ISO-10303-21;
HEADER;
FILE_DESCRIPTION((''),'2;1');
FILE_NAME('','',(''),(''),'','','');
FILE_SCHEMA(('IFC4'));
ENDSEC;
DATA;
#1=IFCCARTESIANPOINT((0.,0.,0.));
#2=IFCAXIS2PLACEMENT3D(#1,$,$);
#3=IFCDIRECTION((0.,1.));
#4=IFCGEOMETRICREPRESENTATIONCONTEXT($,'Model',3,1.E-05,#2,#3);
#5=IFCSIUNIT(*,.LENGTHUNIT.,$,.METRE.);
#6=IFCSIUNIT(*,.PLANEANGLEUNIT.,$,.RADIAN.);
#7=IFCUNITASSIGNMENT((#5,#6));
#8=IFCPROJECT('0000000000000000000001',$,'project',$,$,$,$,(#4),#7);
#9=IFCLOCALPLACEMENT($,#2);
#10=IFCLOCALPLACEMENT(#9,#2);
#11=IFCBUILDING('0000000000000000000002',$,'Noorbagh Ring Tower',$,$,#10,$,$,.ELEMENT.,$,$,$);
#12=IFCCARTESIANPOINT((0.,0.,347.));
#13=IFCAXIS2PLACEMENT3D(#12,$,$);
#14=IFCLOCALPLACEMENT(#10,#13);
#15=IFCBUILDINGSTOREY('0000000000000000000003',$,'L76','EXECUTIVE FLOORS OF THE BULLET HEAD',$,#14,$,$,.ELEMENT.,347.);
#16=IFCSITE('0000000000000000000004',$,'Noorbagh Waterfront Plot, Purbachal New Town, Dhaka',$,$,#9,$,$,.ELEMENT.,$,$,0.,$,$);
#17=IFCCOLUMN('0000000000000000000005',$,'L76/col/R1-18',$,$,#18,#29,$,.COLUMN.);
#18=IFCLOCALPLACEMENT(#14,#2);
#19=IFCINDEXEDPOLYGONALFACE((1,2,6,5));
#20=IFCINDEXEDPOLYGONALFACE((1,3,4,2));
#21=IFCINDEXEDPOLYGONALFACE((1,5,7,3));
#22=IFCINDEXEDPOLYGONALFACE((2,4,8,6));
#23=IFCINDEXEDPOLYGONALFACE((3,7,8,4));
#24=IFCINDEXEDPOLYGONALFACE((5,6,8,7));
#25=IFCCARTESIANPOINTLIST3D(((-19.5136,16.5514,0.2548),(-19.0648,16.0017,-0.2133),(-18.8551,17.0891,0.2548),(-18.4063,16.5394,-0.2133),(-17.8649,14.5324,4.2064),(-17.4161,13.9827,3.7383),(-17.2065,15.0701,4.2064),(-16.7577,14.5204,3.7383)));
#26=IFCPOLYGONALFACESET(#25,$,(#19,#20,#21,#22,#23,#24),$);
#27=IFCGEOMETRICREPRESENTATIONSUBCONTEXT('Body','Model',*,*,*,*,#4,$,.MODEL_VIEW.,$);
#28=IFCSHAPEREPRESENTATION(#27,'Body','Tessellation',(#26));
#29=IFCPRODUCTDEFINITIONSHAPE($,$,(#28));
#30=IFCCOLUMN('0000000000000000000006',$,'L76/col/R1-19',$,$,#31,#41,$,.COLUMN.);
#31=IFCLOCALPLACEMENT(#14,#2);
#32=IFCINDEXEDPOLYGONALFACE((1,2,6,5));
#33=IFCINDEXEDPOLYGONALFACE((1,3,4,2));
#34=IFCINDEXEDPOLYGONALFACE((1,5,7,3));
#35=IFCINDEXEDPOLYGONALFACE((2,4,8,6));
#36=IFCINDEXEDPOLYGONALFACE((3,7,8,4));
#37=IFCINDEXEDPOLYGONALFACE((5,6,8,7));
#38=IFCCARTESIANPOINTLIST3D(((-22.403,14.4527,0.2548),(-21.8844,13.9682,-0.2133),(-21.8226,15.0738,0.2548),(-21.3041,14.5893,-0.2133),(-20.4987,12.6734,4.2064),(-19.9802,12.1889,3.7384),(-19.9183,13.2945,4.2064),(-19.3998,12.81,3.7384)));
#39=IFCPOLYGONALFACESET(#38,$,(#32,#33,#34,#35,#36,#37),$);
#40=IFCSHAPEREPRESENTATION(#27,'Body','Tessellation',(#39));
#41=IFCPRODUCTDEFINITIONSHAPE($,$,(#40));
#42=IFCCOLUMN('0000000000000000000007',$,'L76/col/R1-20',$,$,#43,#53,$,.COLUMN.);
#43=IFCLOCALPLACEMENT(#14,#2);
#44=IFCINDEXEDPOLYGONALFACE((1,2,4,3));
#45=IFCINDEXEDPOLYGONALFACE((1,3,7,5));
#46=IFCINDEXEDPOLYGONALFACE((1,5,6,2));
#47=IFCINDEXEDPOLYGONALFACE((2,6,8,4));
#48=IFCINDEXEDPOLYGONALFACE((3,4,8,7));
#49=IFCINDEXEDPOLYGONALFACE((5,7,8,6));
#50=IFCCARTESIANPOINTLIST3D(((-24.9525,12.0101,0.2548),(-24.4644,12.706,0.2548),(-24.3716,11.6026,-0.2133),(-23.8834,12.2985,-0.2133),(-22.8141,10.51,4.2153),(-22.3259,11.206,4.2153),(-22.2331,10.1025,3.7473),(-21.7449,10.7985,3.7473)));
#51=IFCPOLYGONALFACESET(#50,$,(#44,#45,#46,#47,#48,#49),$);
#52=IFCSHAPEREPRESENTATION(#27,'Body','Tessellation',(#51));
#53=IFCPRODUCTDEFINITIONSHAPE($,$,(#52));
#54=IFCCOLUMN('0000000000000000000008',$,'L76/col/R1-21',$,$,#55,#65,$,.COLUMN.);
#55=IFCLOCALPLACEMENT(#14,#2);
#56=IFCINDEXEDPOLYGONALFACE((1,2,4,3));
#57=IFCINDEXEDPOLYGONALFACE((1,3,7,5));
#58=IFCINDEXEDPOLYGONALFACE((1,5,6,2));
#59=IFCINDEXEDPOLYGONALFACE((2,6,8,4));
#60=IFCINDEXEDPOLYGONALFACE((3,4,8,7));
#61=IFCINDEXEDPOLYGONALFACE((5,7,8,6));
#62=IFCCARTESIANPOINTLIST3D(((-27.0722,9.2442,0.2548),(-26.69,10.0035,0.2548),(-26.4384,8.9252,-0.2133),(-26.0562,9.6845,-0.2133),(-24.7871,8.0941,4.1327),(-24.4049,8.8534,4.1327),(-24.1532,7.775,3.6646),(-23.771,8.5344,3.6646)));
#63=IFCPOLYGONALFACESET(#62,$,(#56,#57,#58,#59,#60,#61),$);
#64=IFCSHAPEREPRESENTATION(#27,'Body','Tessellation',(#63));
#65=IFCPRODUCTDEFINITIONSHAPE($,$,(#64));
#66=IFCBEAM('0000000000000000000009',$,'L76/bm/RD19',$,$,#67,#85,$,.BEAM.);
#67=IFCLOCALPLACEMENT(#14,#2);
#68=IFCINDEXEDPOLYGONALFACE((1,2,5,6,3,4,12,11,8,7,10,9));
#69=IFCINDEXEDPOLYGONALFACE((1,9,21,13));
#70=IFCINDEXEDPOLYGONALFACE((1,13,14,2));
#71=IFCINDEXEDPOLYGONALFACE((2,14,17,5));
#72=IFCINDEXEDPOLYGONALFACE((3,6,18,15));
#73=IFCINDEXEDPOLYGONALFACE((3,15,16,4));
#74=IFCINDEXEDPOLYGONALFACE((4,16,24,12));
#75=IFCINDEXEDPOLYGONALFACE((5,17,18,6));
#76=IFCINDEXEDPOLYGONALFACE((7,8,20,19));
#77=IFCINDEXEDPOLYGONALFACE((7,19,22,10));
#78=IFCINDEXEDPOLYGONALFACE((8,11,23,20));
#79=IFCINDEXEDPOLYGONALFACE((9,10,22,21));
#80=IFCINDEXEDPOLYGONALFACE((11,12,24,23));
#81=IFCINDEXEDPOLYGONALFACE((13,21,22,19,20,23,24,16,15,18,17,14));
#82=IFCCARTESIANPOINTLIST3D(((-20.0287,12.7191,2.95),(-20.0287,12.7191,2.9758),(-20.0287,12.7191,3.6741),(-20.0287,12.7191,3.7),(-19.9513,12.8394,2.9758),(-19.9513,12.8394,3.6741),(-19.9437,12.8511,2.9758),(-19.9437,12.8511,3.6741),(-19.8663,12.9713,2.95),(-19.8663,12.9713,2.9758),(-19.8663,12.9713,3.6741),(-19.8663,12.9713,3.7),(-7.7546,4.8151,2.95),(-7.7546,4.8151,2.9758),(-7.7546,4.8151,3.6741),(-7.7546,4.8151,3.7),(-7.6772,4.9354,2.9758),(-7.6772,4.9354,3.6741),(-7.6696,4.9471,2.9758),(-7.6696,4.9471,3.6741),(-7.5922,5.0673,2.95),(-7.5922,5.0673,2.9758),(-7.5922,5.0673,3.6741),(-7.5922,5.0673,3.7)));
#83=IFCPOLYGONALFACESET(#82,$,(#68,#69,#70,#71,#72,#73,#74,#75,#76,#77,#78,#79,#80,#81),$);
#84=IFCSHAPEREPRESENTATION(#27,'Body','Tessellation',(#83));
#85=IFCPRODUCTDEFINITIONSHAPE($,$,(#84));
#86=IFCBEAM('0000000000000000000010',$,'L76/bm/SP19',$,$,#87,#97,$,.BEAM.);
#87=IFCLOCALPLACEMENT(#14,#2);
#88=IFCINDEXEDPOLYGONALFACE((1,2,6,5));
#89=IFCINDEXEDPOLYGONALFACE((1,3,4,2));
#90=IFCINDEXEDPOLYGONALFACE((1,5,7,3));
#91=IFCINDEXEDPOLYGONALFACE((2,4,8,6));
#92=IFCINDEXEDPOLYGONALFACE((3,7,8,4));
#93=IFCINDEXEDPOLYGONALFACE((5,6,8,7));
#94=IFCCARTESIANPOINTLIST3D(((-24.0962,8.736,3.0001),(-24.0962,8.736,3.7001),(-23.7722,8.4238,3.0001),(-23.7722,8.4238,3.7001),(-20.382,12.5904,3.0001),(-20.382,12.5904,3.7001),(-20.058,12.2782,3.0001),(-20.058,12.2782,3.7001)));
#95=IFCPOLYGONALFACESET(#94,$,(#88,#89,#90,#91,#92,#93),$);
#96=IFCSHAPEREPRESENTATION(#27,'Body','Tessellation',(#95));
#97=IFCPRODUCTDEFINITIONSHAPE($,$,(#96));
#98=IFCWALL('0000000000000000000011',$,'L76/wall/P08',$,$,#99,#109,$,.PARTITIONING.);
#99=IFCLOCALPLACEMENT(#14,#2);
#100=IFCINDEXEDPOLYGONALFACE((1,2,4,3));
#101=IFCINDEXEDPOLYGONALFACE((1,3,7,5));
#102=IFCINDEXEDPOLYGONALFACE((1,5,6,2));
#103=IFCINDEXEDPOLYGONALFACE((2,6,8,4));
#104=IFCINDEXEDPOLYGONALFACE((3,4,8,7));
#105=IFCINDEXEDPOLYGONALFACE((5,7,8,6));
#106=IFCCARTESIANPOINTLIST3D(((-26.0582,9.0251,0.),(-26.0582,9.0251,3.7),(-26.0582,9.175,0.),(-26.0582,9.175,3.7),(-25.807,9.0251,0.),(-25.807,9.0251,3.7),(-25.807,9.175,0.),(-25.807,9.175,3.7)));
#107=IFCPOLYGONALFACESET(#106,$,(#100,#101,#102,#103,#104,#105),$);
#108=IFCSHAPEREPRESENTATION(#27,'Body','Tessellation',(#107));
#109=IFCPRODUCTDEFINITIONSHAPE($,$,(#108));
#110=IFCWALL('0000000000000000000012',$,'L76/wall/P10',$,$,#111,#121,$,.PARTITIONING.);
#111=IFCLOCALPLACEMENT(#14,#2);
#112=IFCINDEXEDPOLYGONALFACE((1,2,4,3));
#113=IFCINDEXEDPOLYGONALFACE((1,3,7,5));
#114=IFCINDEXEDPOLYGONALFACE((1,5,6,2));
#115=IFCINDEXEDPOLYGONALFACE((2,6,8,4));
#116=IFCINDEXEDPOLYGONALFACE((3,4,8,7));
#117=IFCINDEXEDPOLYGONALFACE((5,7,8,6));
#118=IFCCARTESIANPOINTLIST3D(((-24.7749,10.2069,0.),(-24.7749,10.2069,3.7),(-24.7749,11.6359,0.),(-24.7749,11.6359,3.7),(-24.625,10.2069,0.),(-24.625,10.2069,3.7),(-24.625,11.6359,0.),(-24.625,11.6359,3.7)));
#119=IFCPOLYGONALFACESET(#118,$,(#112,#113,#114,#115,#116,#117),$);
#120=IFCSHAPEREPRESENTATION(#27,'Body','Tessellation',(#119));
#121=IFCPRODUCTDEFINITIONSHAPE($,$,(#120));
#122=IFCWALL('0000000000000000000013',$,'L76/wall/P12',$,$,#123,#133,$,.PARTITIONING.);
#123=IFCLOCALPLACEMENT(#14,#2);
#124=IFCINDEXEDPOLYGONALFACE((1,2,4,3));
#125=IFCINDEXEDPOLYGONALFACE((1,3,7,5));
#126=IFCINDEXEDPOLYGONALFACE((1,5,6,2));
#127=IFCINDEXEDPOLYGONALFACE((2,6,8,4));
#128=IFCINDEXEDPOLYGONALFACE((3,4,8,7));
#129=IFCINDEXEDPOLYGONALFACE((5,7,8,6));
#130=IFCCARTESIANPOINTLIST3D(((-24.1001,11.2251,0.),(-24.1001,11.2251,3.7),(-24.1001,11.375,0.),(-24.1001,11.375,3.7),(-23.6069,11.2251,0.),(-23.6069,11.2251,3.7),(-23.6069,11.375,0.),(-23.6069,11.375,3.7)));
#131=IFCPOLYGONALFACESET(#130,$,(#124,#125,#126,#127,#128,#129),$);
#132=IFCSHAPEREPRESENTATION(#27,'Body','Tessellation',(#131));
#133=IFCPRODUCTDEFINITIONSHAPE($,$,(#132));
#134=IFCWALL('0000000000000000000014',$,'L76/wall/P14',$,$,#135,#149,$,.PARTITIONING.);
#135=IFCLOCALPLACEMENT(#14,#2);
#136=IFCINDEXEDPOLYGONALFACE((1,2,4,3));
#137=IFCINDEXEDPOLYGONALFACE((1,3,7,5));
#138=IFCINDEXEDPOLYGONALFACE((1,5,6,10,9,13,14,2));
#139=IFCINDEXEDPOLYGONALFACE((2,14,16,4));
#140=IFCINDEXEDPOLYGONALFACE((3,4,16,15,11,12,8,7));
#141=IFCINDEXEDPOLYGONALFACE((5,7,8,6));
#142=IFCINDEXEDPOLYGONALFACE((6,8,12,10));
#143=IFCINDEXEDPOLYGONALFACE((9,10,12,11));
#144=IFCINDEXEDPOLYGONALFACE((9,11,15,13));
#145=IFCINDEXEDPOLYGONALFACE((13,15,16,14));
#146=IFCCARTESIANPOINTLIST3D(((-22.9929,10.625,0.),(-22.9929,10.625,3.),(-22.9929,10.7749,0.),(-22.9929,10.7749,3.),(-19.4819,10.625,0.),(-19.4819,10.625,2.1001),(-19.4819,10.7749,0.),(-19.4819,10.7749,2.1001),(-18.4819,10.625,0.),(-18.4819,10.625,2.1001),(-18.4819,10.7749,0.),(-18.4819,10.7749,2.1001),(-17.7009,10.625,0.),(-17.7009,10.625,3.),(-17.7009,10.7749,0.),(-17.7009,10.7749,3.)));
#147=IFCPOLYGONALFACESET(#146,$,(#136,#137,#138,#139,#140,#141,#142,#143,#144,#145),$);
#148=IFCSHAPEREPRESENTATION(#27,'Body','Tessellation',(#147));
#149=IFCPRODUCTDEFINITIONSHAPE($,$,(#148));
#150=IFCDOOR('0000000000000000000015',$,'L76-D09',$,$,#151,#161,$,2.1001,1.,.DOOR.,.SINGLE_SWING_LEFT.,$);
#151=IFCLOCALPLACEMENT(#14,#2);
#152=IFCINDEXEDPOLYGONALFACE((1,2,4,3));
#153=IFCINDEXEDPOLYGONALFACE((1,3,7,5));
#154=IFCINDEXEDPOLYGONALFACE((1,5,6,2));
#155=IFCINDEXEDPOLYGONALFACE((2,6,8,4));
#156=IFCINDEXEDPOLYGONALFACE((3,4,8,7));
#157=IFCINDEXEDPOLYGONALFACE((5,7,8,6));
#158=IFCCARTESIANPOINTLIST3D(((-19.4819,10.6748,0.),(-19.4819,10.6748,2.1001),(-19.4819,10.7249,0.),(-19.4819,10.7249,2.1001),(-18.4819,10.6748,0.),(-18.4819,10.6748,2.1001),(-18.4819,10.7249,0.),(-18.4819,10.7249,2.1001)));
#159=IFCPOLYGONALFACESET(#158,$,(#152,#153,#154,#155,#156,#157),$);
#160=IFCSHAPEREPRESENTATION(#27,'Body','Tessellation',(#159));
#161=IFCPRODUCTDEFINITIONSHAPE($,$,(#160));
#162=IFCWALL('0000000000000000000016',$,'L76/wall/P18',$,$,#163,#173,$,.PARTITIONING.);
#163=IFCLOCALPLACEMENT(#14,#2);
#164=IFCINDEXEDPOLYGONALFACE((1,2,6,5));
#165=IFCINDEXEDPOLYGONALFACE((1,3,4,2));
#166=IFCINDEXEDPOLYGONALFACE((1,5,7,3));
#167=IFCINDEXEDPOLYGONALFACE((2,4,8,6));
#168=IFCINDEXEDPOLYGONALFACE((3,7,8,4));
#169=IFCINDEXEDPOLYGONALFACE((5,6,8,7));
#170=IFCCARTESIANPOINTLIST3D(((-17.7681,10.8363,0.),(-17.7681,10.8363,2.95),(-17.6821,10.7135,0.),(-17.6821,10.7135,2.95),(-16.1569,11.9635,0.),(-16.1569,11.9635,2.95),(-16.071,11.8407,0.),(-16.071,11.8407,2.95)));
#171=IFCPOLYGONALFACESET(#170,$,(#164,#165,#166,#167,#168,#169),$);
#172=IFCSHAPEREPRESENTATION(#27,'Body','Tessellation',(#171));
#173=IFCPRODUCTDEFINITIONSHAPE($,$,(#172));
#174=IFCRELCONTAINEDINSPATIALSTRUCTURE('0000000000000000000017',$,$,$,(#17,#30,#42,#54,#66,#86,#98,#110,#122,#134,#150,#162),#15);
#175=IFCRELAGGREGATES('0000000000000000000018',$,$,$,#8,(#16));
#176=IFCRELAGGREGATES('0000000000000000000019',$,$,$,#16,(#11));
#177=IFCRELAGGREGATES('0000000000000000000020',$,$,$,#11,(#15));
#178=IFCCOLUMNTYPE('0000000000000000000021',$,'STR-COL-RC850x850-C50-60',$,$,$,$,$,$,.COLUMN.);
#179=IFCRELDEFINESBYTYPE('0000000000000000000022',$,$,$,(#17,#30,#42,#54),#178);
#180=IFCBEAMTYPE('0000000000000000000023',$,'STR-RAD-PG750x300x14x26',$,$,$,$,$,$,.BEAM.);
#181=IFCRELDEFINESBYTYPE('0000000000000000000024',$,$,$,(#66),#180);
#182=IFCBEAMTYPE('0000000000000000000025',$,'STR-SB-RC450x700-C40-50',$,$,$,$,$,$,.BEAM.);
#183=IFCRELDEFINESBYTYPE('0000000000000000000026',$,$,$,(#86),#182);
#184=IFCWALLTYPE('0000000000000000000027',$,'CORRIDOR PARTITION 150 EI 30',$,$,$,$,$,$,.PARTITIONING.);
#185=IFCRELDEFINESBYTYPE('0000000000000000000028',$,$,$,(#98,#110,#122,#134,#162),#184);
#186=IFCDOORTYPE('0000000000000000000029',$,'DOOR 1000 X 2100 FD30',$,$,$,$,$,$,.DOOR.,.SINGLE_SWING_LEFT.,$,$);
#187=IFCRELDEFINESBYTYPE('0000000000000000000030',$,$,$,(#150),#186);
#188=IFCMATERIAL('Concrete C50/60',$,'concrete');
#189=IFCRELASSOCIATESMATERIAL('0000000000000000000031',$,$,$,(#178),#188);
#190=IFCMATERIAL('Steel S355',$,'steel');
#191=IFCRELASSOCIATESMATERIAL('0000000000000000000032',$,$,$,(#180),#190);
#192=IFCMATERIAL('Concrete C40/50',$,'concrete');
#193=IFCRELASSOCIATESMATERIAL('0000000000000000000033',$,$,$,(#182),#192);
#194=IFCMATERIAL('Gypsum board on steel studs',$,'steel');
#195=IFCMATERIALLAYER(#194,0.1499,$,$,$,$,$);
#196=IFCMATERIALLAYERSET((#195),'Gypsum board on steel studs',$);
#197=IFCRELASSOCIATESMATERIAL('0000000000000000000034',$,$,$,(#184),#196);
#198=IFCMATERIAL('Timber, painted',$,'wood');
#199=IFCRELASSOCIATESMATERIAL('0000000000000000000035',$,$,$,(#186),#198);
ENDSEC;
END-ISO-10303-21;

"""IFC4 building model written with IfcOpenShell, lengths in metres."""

from ifc_helpers import new_model, si_unit, direction, frame, frame_2d, origin, origin_2d, place, context, subcontext, project, spatial, rectangle, i_section, extrude, material, layer, layer_set, material_profile, profile_set, type_object, element, fill, save


model = new_model("IFC4")

# Units and contexts
model_context = context("Model", 3, precision=1e-05, world=origin(), true_north=direction((0.0, 1.0)))
body_context = subcontext(model_context, "Body", "Model", "MODEL_VIEW")
ifc_project = project(units=[si_unit("LENGTHUNIT", "METRE"), si_unit("PLANEANGLEUNIT", "RADIAN")], contexts=[model_context])

# Site, building, storey
site_placement = place(None, origin())
site = spatial("IfcSite", under=ifc_project, at=site_placement, Name="Noorbagh Waterfront Plot, Purbachal New Town, Dhaka", CompositionType="ELEMENT", RefElevation=0.0)
building_placement = place(site_placement, origin())
building = spatial("IfcBuilding", under=site, at=building_placement, Name="Noorbagh Ring Tower", CompositionType="ELEMENT")
storey_placement = place(building_placement, frame((0.0, 0.0, 347.0)))
storey = spatial("IfcBuildingStorey", under=building, at=storey_placement, Name="L76", Description="EXECUTIVE FLOORS OF THE BULLET HEAD", CompositionType="ELEMENT", Elevation=347.0)

# Columns
ifc_material_1 = material(Name="Concrete C50/60", Category="concrete")
ifc_material_profile_1 = material_profile(ifc_material_1, rectangle(XDim=0.8501, YDim=0.8501, at=origin_2d()), Name="RC850x850")
ifc_profile_set_1 = profile_set([ifc_material_profile_1], Name="Concrete C50/60")
column_type = type_object("IfcColumnType", Name="STR-COL-RC850x850-C50-60", PredefinedType="COLUMN", material=ifc_profile_set_1)
column_1_placement = place(storey_placement, frame((-18.96, 16.5454, 0.0208), z_axis=(0.348267, -0.426503, 0.834749), x_axis=(0.77457, 0.632488, 0.0)))
element("IfcColumn", 1, at=column_1_placement, inside=storey, type_object=column_type, Name="L76/col/R1-18", PredefinedType="COLUMN", context=body_context, shape_type="SweptSolid", body=[
    extrude(rectangle(XDim=0.8501, YDim=0.8501, at=origin_2d()), origin(), (0.0, 0.0, 1.0), 4.7339),
])
column_2_placement = place(storey_placement, frame((-21.8535, 14.521, 0.0208), z_axis=(0.402286, -0.375879, 0.834794), x_axis=(0.682719, 0.730681, 0.0)))
element("IfcColumn", 2, at=column_2_placement, inside=storey, type_object=column_type, Name="L76/col/R1-19", PredefinedType="COLUMN", context=body_context, shape_type="SweptSolid", body=[
    extrude(rectangle(XDim=0.8501, YDim=0.8501, at=origin_2d()), origin(), (0.0, 0.0, 1.0), 4.7336),
])
column_3_placement = place(storey_placement, frame((-24.418, 12.1543, 0.0208), z_axis=(0.45074, -0.316171, 0.834787), x_axis=(0.574259, 0.818674, 0.0)))
element("IfcColumn", 3, at=column_3_placement, inside=storey, type_object=column_type, Name="L76/col/R1-20", PredefinedType="COLUMN", context=body_context, shape_type="SweptSolid", body=[
    extrude(rectangle(XDim=0.8501, YDim=0.8501, at=origin_2d()), origin(), (0.0, 0.0, 1.0), 4.7444),
])
column_4_placement = place(storey_placement, frame((-26.5642, 9.4644, 0.0208), z_axis=(0.49188, -0.247569, 0.834724), x_axis=(0.449579, 0.893241, 0.0)))
element("IfcColumn", 4, at=column_4_placement, inside=storey, type_object=column_type, Name="L76/col/R1-21", PredefinedType="COLUMN", context=body_context, shape_type="SweptSolid", body=[
    extrude(rectangle(XDim=0.8501, YDim=0.8501, at=origin_2d()), origin(), (0.0, 0.0, 1.0), 4.6458),
])

# Beams
ifc_material_2 = material(Name="Steel S355", Category="steel")
ifc_material_profile_2 = material_profile(ifc_material_2, i_section(OverallWidth=0.3, OverallDepth=0.75, WebThickness=0.0139, FlangeThickness=0.0259, at=origin_2d()), Name="PG750x300x14x26")
ifc_profile_set_2 = profile_set([ifc_material_profile_2], Name="Steel S355")
beam_type_1 = type_object("IfcBeamType", Name="STR-RAD-PG750x300x14x26", PredefinedType="BEAM", material=ifc_profile_set_2)
beam_1_placement = place(storey_placement, frame((-19.9475, 12.8452, 3.325), z_axis=(0.840757, -0.541412, 0.0), x_axis=(0.541412, 0.840757, 0.0)))
element("IfcBeam", 5, at=beam_1_placement, inside=storey, type_object=beam_type_1, Name="L76/bm/RD19", PredefinedType="BEAM", context=body_context, shape_type="SweptSolid", body=[
    extrude(i_section(OverallWidth=0.3, OverallDepth=0.75, WebThickness=0.0139, FlangeThickness=0.0259, at=origin_2d()), origin(), (0.0, 0.0, 1.0), 14.5989),
])
ifc_material_3 = material(Name="Concrete C40/50", Category="concrete")
ifc_material_profile_3 = material_profile(ifc_material_3, rectangle(XDim=0.45, YDim=0.7, at=origin_2d()), Name="RC450x700")
ifc_profile_set_3 = profile_set([ifc_material_profile_3], Name="Concrete C40/50")
beam_type_2 = type_object("IfcBeamType", Name="STR-SB-RC450x700-C40-50", PredefinedType="BEAM", material=ifc_profile_set_3)
beam_2_placement = place(storey_placement, frame((-20.22, 12.4343, 3.3501), z_axis=(-0.693896, -0.720075, 0.0), x_axis=(0.720075, -0.693896, 0.0)))
element("IfcBeam", 6, at=beam_2_placement, inside=storey, type_object=beam_type_2, Name="L76/bm/SP19", PredefinedType="BEAM", context=body_context, shape_type="SweptSolid", body=[
    extrude(rectangle(XDim=0.45, YDim=0.7, at=origin_2d()), origin(), (0.0, 0.0, 1.0), 5.3528),
])

# Walls
ifc_material_4 = material(Name="Gypsum board on steel studs", Category="steel")
ifc_layer_1 = layer(ifc_material_4, 0.1499)
ifc_layer_set_1 = layer_set([ifc_layer_1], Name="Gypsum board on steel studs")
wall_type_1 = type_object("IfcWallType", Name="CORRIDOR PARTITION 150 EI 30", PredefinedType="PARTITIONING", material=ifc_layer_set_1)
wall_1_placement = place(storey_placement, frame((-26.0581, 9.1001, 0.0), z_axis=(0.0, 0.0, 1.0), x_axis=(1.0, 0.0, 0.0)))
element("IfcWall", 7, at=wall_1_placement, inside=storey, type_object=wall_type_1, Name="L76/wall/P08", PredefinedType="PARTITIONING", context=body_context, shape_type="SweptSolid", body=[
    extrude(rectangle(XDim=0.2512, YDim=0.1499, at=frame_2d((0.1255, 0.0))), origin(), (0.0, 0.0, 1.0), 3.7),
])
wall_2_placement = place(storey_placement, frame((-24.7, 10.207, 0.0), z_axis=(0.0, 0.0, 1.0), x_axis=(0.0, 1.0, 0.0)))
element("IfcWall", 8, at=wall_2_placement, inside=storey, type_object=wall_type_1, Name="L76/wall/P10", PredefinedType="PARTITIONING", context=body_context, shape_type="SweptSolid", body=[
    extrude(rectangle(XDim=1.429, YDim=0.1499, at=frame_2d((0.7144, 0.0))), origin(), (0.0, 0.0, 1.0), 3.7),
])
wall_3_placement = place(storey_placement, frame((-24.1001, 11.3, 0.0), z_axis=(0.0, 0.0, 1.0), x_axis=(1.0, 0.0, 0.0)))
element("IfcWall", 9, at=wall_3_placement, inside=storey, type_object=wall_type_1, Name="L76/wall/P12", PredefinedType="PARTITIONING", context=body_context, shape_type="SweptSolid", body=[
    extrude(rectangle(XDim=0.4932, YDim=0.1499, at=frame_2d((0.2466, 0.0))), origin(), (0.0, 0.0, 1.0), 3.7),
])

# Wall, opening, door
wall_4_placement = place(storey_placement, frame((-22.9929, 10.7, 0.0), z_axis=(0.0, 0.0, 1.0), x_axis=(1.0, 0.0, 0.0)))
wall_4 = element("IfcWall", 10, at=wall_4_placement, inside=storey, type_object=wall_type_1, Name="L76/wall/P14", PredefinedType="PARTITIONING", context=body_context, shape_type="SweptSolid", body=[
    extrude(rectangle(XDim=5.292, YDim=0.1499, at=frame_2d((2.646, 0.0))), origin(), (0.0, 0.0, 1.0), 3.0),
])
opening_placement = place(wall_4_placement, frame((3.511, 0.0, 0.0)))
opening = element("IfcOpeningElement", 11, at=opening_placement, cuts=wall_4, PredefinedType="OPENING", context=body_context, shape_type="SweptSolid", body=[
    extrude(rectangle(XDim=1.0, YDim=2.1001, at=frame_2d((0.5, 1.05))), frame((0.0, 0.085, 0.0), z_axis=(0.0, -1.0, 0.0), x_axis=(1.0, 0.0, 0.0)), (0.0, 0.0, 1.0), 0.1699),
])
ifc_material_5 = material(Name="Timber, painted", Category="wood")
door_type = type_object("IfcDoorType", Name="DOOR 1000 X 2100 FD30", OperationType="SINGLE_SWING_LEFT", PredefinedType="DOOR", material=ifc_material_5)
door_placement = place(opening_placement, origin())
door = element("IfcDoor", 12, at=door_placement, inside=storey, type_object=door_type, Name="L76-D09", OperationType="SINGLE_SWING_LEFT", OverallHeight=2.1001, OverallWidth=1.0, PredefinedType="DOOR", context=body_context, shape_type="SweptSolid", body=[
    extrude(rectangle(XDim=1.0, YDim=2.1001, at=frame_2d((0.5, 1.05))), frame((0.0, 0.0249, 0.0), z_axis=(0.0, -1.0, 0.0), x_axis=(1.0, 0.0, 0.0)), (0.0, 0.0, 1.0), 0.05),
])
fill(opening, door)

# Wall
wall_5_placement = place(storey_placement, frame((-17.7251, 10.7749, 0.0), z_axis=(0.0, 0.0, 1.0), x_axis=(0.819366, 0.573271, 0.0)))
element("IfcWall", 13, at=wall_5_placement, inside=storey, type_object=wall_type_1, Name="L76/wall/P18", PredefinedType="PARTITIONING", context=body_context, shape_type="SweptSolid", body=[
    extrude(rectangle(XDim=1.9663, YDim=0.1499, at=frame_2d((0.9832, 0.0))), origin(), (0.0, 0.0, 1.0), 2.95),
])

save(model, "model.ifc")
